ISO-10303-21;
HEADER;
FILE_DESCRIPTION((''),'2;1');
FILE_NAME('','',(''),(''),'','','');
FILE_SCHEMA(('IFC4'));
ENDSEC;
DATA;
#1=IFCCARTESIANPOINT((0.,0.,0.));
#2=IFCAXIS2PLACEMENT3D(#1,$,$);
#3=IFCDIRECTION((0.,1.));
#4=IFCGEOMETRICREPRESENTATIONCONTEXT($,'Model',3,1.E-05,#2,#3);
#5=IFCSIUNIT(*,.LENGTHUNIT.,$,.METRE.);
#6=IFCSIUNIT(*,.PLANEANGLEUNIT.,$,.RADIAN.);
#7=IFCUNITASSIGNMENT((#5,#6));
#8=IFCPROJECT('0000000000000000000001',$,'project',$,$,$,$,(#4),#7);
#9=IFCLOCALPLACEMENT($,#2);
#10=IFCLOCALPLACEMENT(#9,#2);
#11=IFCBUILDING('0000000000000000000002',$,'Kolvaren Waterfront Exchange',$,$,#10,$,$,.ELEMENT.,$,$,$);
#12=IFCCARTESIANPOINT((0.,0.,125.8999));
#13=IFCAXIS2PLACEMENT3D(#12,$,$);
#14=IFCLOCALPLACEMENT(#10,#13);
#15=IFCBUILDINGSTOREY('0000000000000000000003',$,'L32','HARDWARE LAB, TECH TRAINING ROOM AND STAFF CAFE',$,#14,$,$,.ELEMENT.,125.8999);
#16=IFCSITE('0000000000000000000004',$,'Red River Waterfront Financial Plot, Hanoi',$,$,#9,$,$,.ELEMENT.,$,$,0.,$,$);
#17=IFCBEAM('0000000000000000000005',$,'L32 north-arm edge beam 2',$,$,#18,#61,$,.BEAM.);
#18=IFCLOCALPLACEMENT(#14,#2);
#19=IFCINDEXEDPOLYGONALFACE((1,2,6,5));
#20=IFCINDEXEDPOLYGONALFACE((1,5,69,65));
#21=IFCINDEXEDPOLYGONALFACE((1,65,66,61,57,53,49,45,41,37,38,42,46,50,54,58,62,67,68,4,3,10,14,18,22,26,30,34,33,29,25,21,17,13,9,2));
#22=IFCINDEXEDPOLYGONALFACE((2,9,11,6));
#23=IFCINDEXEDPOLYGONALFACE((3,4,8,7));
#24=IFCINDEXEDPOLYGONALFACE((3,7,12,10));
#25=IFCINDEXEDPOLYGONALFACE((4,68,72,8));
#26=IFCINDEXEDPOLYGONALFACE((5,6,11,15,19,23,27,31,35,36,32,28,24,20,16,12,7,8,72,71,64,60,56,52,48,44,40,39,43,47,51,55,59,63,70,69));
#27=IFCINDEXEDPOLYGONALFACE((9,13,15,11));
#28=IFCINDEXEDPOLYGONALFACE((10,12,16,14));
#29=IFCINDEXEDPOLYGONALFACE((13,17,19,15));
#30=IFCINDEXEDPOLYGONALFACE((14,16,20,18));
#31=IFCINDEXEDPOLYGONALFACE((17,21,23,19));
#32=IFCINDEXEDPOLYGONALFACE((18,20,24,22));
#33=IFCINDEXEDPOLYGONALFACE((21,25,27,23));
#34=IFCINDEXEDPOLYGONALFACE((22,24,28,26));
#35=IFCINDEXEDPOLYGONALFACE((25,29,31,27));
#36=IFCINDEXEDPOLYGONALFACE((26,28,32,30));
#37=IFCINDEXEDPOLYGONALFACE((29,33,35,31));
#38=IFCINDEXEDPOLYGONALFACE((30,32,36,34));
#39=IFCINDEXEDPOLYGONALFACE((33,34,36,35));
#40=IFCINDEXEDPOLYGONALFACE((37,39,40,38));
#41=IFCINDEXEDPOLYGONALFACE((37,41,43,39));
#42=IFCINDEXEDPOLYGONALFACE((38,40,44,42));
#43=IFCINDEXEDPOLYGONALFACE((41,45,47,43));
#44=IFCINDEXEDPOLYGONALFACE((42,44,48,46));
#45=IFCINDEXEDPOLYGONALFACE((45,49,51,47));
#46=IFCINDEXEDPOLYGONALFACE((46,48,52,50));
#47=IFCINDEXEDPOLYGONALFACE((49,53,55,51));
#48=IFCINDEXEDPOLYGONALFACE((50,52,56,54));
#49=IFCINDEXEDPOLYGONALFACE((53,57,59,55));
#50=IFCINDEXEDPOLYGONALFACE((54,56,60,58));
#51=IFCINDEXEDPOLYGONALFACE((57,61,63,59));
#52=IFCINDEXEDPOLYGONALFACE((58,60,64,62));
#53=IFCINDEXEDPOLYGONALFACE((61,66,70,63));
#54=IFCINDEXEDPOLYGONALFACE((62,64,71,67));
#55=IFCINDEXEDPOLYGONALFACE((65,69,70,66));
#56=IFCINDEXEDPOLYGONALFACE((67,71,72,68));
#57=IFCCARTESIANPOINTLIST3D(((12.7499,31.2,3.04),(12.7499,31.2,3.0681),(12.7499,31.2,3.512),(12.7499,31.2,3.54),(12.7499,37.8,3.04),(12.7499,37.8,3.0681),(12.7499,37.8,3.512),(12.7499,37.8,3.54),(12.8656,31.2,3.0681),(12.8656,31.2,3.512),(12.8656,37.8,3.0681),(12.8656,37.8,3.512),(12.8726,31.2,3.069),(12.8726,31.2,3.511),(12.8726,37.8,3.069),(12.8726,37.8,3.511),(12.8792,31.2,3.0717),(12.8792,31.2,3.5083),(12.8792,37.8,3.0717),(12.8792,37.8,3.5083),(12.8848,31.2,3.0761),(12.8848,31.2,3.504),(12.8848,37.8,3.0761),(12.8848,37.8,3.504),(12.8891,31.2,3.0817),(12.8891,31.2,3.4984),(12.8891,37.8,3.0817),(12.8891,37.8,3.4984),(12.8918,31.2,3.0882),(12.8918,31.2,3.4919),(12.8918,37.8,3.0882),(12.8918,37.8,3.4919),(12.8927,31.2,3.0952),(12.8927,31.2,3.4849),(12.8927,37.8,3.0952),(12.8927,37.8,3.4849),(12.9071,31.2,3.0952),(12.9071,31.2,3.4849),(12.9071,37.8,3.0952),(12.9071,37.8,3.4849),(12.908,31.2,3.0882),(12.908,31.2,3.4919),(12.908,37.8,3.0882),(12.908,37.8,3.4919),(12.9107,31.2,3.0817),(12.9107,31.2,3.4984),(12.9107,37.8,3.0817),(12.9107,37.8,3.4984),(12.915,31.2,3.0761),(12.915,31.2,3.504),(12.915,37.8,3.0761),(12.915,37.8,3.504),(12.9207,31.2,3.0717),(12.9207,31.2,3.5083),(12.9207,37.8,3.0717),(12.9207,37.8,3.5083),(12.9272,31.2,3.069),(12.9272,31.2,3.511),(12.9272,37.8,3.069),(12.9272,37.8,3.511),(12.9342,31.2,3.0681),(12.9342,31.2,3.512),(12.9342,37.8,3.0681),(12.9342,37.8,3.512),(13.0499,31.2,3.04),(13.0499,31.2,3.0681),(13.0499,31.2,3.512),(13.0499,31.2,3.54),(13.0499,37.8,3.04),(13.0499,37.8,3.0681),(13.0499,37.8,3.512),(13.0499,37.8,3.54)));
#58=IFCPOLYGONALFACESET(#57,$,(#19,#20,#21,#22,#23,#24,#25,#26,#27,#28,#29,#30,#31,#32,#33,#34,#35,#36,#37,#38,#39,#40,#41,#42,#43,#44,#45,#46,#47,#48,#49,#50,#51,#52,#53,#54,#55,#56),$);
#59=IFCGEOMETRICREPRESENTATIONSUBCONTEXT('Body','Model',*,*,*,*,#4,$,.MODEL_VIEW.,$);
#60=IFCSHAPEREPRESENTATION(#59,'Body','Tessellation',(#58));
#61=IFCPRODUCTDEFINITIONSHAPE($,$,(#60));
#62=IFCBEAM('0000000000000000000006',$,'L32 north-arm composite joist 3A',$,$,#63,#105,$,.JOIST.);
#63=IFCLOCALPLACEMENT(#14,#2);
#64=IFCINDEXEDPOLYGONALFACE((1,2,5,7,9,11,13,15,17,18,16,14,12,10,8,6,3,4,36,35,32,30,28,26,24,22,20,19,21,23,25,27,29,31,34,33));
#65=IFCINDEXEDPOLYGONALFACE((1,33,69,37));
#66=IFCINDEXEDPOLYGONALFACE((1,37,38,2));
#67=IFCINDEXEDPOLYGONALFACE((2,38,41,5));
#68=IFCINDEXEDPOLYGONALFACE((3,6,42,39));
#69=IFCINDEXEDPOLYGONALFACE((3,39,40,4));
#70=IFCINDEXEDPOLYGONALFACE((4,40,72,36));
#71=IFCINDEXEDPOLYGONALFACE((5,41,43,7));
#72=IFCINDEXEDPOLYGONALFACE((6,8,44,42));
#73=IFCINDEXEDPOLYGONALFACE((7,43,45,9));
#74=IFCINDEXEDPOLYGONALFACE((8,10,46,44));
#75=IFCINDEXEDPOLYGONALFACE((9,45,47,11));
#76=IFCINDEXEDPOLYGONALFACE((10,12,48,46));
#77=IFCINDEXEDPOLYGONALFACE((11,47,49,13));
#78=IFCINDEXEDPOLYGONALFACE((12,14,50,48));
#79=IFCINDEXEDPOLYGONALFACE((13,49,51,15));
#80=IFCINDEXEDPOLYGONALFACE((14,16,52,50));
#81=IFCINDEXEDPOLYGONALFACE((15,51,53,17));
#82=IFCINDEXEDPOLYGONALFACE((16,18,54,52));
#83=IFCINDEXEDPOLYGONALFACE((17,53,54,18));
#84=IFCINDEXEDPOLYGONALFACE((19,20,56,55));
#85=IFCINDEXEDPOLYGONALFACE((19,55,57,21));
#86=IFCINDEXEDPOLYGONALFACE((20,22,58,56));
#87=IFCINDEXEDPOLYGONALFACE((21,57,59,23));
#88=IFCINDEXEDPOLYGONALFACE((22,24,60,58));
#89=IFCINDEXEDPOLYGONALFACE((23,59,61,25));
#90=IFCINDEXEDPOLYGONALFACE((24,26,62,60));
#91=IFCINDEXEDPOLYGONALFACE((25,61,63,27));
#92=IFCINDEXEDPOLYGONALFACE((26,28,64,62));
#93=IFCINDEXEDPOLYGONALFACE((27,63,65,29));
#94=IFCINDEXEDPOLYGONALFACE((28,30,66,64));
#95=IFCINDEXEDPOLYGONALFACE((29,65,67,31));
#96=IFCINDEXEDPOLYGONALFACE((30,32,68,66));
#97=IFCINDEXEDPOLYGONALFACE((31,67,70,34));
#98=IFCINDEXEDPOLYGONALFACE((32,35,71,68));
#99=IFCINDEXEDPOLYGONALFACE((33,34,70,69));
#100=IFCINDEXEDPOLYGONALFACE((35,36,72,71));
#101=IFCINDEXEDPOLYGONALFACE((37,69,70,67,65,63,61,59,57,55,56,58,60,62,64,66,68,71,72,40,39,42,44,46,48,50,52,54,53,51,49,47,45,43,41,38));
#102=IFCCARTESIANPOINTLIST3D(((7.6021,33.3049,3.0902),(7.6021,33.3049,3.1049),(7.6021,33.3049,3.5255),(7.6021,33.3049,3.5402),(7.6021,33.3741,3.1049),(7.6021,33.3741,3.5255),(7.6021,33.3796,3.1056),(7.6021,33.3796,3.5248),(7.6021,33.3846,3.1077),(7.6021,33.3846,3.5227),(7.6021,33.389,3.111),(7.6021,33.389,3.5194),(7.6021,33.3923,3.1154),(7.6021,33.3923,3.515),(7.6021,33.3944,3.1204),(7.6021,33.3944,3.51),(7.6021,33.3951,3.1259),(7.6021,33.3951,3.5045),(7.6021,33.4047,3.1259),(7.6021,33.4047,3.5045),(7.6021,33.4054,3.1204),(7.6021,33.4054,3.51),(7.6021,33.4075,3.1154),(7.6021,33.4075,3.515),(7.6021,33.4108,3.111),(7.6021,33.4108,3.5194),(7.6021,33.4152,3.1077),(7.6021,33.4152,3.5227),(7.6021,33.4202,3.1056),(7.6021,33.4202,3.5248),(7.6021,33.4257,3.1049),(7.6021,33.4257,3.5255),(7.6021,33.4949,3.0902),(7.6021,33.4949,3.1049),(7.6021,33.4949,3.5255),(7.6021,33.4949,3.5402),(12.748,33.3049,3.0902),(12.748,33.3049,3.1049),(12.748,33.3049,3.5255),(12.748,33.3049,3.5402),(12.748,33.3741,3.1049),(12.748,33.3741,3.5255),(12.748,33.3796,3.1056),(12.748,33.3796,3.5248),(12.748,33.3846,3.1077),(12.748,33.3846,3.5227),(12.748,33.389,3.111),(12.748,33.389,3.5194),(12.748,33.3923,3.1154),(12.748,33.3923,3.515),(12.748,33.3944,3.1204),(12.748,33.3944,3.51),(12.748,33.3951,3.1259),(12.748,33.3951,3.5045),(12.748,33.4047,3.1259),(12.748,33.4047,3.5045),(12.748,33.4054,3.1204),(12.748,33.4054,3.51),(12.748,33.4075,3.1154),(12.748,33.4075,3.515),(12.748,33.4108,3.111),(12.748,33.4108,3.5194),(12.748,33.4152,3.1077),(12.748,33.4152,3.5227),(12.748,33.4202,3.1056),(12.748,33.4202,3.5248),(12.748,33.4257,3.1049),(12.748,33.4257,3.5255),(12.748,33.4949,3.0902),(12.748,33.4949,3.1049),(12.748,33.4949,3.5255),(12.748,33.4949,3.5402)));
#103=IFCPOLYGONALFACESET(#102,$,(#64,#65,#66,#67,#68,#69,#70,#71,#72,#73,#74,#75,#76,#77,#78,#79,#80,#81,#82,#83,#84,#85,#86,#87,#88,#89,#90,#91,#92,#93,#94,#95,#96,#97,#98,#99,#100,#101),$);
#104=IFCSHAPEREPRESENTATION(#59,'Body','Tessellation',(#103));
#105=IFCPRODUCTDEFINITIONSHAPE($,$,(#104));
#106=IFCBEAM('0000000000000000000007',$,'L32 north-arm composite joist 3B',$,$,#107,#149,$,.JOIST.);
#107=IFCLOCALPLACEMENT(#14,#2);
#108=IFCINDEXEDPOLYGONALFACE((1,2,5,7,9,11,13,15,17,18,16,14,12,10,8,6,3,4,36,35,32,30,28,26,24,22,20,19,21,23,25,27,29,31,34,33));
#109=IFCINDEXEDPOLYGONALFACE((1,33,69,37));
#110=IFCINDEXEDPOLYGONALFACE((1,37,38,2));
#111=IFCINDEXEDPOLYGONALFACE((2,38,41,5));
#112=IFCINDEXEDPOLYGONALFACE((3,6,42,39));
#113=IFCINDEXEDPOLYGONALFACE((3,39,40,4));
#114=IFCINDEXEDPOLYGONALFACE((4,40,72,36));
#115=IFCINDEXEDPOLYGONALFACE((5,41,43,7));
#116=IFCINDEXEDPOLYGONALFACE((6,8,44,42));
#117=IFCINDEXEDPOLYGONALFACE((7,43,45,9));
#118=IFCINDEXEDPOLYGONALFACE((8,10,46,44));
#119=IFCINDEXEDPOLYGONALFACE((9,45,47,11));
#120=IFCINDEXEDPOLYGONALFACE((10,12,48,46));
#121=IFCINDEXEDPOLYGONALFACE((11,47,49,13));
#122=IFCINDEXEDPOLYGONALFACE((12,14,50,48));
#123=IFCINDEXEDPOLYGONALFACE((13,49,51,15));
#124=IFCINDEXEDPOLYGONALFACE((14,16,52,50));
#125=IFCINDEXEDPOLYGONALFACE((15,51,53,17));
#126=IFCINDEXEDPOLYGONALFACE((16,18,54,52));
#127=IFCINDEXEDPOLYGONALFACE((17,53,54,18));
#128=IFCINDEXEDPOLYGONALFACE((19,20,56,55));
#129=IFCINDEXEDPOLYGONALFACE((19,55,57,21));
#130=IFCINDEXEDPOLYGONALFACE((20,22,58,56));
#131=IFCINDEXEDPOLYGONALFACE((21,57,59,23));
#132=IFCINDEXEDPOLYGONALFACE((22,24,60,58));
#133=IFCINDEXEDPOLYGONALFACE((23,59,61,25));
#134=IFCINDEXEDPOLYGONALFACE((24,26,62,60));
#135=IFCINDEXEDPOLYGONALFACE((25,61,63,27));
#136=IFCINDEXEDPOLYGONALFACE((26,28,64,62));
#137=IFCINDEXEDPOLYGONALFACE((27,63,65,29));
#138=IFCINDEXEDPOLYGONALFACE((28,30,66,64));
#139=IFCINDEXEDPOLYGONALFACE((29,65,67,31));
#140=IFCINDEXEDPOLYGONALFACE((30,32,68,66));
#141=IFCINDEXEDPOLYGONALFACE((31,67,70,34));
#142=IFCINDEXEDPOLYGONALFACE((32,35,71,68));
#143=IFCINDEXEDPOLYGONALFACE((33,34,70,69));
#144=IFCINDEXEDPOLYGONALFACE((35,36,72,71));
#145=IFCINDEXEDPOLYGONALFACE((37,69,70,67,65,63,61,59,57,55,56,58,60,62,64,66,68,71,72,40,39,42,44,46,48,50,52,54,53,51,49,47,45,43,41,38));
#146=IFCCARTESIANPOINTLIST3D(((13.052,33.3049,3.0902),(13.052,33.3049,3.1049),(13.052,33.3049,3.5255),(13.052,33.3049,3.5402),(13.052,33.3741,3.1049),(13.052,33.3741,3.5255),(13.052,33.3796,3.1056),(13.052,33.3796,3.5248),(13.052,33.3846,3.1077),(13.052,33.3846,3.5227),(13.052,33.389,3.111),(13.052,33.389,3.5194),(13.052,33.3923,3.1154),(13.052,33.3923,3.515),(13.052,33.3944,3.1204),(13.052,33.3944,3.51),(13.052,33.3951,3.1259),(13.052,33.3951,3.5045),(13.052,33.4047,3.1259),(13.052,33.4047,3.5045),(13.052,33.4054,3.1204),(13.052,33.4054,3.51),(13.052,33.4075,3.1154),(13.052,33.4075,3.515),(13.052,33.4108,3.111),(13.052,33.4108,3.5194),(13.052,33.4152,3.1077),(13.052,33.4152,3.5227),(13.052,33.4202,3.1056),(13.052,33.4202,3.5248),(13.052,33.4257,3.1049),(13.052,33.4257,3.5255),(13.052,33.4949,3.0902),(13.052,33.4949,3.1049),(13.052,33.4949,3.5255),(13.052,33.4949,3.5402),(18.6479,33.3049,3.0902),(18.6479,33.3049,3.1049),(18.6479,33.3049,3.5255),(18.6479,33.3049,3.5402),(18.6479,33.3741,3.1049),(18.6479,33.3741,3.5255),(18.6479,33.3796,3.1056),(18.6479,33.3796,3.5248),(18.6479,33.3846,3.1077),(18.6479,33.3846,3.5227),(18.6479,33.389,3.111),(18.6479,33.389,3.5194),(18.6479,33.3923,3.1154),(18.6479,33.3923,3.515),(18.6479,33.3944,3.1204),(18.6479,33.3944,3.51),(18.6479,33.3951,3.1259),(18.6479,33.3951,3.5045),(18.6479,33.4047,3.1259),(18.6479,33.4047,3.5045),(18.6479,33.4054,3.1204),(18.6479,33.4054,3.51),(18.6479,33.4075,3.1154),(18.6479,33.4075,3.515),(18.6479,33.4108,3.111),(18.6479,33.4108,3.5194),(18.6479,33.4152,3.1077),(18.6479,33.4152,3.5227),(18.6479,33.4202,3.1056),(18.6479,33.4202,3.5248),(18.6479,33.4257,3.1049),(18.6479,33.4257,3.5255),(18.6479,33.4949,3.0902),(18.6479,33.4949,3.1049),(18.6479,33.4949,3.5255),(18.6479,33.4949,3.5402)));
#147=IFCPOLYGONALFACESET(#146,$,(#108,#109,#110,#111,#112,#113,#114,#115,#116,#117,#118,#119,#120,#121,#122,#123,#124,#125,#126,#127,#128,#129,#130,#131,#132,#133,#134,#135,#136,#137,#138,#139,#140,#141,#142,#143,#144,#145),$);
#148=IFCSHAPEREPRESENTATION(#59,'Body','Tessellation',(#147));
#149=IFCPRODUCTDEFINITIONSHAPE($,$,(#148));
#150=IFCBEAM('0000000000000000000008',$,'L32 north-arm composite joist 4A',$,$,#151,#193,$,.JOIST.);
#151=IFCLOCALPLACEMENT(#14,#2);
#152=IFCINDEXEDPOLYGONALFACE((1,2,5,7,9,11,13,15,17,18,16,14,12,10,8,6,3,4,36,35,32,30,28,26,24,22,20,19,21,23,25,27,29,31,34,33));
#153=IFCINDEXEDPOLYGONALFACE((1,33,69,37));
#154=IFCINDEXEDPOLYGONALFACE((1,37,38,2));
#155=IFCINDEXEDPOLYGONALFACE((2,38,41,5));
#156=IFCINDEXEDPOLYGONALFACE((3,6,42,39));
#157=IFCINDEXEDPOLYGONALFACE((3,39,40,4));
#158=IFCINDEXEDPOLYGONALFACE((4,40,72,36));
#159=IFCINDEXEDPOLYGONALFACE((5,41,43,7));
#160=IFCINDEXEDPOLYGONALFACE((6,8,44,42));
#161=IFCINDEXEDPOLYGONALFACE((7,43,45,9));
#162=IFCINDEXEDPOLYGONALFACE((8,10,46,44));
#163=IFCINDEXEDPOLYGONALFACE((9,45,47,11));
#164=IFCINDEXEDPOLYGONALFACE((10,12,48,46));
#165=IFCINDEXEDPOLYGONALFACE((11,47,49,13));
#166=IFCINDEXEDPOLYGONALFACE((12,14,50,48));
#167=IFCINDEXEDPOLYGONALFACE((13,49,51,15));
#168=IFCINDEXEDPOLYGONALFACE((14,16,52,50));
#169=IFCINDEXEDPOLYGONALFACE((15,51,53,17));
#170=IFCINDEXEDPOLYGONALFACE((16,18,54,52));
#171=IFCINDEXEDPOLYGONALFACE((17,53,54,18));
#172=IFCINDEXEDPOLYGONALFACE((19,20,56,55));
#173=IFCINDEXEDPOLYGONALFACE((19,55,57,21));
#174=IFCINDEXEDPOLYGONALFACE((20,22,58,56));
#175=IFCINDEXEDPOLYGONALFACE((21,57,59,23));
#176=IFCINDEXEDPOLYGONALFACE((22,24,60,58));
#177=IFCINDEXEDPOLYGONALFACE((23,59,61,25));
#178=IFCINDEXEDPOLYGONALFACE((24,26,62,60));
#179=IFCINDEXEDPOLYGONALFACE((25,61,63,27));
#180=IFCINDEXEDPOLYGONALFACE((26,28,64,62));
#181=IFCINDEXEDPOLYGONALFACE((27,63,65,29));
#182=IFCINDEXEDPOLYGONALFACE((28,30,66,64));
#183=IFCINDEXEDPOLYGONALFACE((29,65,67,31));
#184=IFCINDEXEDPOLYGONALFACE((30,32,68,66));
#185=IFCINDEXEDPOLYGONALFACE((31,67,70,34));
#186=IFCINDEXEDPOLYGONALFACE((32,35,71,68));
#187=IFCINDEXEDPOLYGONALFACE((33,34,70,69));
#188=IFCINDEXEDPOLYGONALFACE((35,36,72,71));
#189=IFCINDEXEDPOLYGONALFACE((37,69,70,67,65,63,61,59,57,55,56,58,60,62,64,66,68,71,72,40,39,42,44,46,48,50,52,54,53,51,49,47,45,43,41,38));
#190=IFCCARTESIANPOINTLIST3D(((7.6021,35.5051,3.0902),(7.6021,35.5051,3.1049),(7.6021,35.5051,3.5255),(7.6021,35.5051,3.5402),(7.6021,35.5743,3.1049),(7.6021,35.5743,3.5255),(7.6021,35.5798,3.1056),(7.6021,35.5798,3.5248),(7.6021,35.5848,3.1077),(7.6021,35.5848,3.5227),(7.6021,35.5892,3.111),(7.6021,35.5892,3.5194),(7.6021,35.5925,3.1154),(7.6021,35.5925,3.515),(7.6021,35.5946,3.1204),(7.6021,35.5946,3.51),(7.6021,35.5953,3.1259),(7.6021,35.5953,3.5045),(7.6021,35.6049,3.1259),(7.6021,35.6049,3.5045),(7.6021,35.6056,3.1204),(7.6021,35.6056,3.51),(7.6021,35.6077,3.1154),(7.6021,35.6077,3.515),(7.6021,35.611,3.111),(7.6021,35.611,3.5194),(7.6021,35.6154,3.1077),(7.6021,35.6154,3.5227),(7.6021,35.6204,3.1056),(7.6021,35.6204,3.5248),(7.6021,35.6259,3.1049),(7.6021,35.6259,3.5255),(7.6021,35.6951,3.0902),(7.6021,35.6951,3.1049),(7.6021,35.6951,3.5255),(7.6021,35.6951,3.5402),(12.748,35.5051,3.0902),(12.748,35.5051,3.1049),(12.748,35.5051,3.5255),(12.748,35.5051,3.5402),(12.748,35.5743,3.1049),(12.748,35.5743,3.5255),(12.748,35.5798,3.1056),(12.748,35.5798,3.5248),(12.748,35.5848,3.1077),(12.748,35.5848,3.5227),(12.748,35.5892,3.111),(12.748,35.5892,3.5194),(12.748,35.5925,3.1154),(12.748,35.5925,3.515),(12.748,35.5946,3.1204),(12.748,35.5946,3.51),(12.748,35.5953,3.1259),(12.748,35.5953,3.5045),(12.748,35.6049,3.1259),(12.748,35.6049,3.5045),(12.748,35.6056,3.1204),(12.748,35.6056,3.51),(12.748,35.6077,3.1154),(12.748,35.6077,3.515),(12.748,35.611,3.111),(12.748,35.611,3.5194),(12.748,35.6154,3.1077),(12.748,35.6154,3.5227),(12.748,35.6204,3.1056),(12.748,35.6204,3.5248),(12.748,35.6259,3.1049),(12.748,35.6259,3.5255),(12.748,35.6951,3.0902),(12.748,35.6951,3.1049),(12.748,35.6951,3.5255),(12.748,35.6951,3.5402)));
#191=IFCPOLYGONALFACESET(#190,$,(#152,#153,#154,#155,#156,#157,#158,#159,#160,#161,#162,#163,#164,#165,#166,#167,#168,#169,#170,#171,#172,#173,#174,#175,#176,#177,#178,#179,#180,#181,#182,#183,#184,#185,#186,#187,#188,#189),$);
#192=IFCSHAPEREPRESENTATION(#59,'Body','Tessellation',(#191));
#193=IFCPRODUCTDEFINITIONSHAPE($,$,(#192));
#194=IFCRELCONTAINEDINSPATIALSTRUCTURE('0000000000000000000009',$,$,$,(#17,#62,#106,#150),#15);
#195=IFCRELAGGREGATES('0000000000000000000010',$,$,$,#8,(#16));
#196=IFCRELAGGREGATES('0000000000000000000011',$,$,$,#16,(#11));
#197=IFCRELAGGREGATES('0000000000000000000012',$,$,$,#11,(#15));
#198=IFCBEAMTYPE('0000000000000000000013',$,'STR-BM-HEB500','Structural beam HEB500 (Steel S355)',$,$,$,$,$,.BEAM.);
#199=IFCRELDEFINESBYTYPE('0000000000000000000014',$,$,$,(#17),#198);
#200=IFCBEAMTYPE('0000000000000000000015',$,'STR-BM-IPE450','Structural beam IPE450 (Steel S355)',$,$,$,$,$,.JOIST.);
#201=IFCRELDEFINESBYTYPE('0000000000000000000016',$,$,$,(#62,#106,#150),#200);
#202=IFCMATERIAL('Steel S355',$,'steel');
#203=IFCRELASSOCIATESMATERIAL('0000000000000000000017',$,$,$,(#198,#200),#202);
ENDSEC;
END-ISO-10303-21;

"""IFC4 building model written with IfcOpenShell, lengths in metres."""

from ifc_helpers import new_model, si_unit, direction, frame, origin, origin_2d, place, context, subcontext, project, spatial, i_section, extrude, material, material_profile, profile_set, type_object, element, save


model = new_model("IFC4")

# Units and contexts
model_context = context("Model", 3, precision=1e-05, world=origin(), true_north=direction((0.0, 1.0)))
body_context = subcontext(model_context, "Body", "Model", "MODEL_VIEW")
ifc_project = project(units=[si_unit("LENGTHUNIT", "METRE"), si_unit("PLANEANGLEUNIT", "RADIAN")], contexts=[model_context])

# Site, building, storey
site_placement = place(None, origin())
site = spatial("IfcSite", under=ifc_project, at=site_placement, Name="Red River Waterfront Financial Plot, Hanoi", CompositionType="ELEMENT", RefElevation=0.0)
building_placement = place(site_placement, origin())
building = spatial("IfcBuilding", under=site, at=building_placement, Name="Kolvaren Waterfront Exchange", CompositionType="ELEMENT")
storey_placement = place(building_placement, frame((0.0, 0.0, 125.8999)))
storey = spatial("IfcBuildingStorey", under=building, at=storey_placement, Name="L32", Description="HARDWARE LAB, TECH TRAINING ROOM AND STAFF CAFE", CompositionType="ELEMENT", Elevation=125.8999)

# Beams
ifc_material_1 = material(Name="Steel S355", Category="steel")
ifc_material_profile_1 = material_profile(ifc_material_1, i_section(OverallWidth=0.3, OverallDepth=0.5, WebThickness=0.0144, FlangeThickness=0.0281, FilletRadius=0.0271, at=origin_2d()), Name="HEB500")
ifc_profile_set_1 = profile_set([ifc_material_profile_1], Name="Steel S355")
beam_type_1 = type_object("IfcBeamType", Name="STR-BM-HEB500", Description="Structural beam HEB500 (Steel S355)", PredefinedType="BEAM", material=ifc_profile_set_1)
beam_1_placement = place(storey_placement, frame((12.8999, 31.2, 3.29), z_axis=(0.0, 1.0, 0.0), x_axis=(-1.0, 0.0, 0.0)))
element("IfcBeam", 1, at=beam_1_placement, inside=storey, type_object=beam_type_1, Name="L32 north-arm edge beam 2", PredefinedType="BEAM", context=body_context, shape_type="SweptSolid", body=[
    extrude(i_section(OverallWidth=0.3, OverallDepth=0.5, WebThickness=0.0144, FlangeThickness=0.0281, FilletRadius=0.0271, at=origin_2d()), origin(), (0.0, 0.0, 1.0), 6.6001),
])
ifc_material_profile_2 = material_profile(ifc_material_1, i_section(OverallWidth=0.1899, OverallDepth=0.45, WebThickness=0.0095, FlangeThickness=0.0146, FilletRadius=0.021, at=origin_2d()), Name="IPE450")
ifc_profile_set_2 = profile_set([ifc_material_profile_2], Name="Steel S355")
beam_type_2 = type_object("IfcBeamType", Name="STR-BM-IPE450", Description="Structural beam IPE450 (Steel S355)", PredefinedType="JOIST", material=ifc_profile_set_2)
beam_2_placement = place(storey_placement, frame((7.6021, 33.3999, 3.3152), z_axis=(1.0, 0.0, 0.0), x_axis=(0.0, 1.0, 0.0)))
element("IfcBeam", 2, at=beam_2_placement, inside=storey, type_object=beam_type_2, Name="L32 north-arm composite joist 3A", PredefinedType="JOIST", context=body_context, shape_type="SweptSolid", body=[
    extrude(i_section(OverallWidth=0.1899, OverallDepth=0.45, WebThickness=0.0095, FlangeThickness=0.0146, FilletRadius=0.021, at=origin_2d()), origin(), (0.0, 0.0, 1.0), 5.146),
])
beam_3_placement = place(storey_placement, frame((13.052, 33.3999, 3.3152), z_axis=(1.0, 0.0, 0.0), x_axis=(0.0, 1.0, 0.0)))
element("IfcBeam", 3, at=beam_3_placement, inside=storey, type_object=beam_type_2, Name="L32 north-arm composite joist 3B", PredefinedType="JOIST", context=body_context, shape_type="SweptSolid", body=[
    extrude(i_section(OverallWidth=0.1899, OverallDepth=0.45, WebThickness=0.0095, FlangeThickness=0.0146, FilletRadius=0.021, at=origin_2d()), origin(), (0.0, 0.0, 1.0), 5.5959),
])
beam_4_placement = place(storey_placement, frame((7.6021, 35.6001, 3.3152), z_axis=(1.0, 0.0, 0.0), x_axis=(0.0, 1.0, 0.0)))
element("IfcBeam", 4, at=beam_4_placement, inside=storey, type_object=beam_type_2, Name="L32 north-arm composite joist 4A", PredefinedType="JOIST", context=body_context, shape_type="SweptSolid", body=[
    extrude(i_section(OverallWidth=0.1899, OverallDepth=0.45, WebThickness=0.0095, FlangeThickness=0.0146, FilletRadius=0.021, at=origin_2d()), origin(), (0.0, 0.0, 1.0), 5.146),
])

save(model, "model.ifc")
